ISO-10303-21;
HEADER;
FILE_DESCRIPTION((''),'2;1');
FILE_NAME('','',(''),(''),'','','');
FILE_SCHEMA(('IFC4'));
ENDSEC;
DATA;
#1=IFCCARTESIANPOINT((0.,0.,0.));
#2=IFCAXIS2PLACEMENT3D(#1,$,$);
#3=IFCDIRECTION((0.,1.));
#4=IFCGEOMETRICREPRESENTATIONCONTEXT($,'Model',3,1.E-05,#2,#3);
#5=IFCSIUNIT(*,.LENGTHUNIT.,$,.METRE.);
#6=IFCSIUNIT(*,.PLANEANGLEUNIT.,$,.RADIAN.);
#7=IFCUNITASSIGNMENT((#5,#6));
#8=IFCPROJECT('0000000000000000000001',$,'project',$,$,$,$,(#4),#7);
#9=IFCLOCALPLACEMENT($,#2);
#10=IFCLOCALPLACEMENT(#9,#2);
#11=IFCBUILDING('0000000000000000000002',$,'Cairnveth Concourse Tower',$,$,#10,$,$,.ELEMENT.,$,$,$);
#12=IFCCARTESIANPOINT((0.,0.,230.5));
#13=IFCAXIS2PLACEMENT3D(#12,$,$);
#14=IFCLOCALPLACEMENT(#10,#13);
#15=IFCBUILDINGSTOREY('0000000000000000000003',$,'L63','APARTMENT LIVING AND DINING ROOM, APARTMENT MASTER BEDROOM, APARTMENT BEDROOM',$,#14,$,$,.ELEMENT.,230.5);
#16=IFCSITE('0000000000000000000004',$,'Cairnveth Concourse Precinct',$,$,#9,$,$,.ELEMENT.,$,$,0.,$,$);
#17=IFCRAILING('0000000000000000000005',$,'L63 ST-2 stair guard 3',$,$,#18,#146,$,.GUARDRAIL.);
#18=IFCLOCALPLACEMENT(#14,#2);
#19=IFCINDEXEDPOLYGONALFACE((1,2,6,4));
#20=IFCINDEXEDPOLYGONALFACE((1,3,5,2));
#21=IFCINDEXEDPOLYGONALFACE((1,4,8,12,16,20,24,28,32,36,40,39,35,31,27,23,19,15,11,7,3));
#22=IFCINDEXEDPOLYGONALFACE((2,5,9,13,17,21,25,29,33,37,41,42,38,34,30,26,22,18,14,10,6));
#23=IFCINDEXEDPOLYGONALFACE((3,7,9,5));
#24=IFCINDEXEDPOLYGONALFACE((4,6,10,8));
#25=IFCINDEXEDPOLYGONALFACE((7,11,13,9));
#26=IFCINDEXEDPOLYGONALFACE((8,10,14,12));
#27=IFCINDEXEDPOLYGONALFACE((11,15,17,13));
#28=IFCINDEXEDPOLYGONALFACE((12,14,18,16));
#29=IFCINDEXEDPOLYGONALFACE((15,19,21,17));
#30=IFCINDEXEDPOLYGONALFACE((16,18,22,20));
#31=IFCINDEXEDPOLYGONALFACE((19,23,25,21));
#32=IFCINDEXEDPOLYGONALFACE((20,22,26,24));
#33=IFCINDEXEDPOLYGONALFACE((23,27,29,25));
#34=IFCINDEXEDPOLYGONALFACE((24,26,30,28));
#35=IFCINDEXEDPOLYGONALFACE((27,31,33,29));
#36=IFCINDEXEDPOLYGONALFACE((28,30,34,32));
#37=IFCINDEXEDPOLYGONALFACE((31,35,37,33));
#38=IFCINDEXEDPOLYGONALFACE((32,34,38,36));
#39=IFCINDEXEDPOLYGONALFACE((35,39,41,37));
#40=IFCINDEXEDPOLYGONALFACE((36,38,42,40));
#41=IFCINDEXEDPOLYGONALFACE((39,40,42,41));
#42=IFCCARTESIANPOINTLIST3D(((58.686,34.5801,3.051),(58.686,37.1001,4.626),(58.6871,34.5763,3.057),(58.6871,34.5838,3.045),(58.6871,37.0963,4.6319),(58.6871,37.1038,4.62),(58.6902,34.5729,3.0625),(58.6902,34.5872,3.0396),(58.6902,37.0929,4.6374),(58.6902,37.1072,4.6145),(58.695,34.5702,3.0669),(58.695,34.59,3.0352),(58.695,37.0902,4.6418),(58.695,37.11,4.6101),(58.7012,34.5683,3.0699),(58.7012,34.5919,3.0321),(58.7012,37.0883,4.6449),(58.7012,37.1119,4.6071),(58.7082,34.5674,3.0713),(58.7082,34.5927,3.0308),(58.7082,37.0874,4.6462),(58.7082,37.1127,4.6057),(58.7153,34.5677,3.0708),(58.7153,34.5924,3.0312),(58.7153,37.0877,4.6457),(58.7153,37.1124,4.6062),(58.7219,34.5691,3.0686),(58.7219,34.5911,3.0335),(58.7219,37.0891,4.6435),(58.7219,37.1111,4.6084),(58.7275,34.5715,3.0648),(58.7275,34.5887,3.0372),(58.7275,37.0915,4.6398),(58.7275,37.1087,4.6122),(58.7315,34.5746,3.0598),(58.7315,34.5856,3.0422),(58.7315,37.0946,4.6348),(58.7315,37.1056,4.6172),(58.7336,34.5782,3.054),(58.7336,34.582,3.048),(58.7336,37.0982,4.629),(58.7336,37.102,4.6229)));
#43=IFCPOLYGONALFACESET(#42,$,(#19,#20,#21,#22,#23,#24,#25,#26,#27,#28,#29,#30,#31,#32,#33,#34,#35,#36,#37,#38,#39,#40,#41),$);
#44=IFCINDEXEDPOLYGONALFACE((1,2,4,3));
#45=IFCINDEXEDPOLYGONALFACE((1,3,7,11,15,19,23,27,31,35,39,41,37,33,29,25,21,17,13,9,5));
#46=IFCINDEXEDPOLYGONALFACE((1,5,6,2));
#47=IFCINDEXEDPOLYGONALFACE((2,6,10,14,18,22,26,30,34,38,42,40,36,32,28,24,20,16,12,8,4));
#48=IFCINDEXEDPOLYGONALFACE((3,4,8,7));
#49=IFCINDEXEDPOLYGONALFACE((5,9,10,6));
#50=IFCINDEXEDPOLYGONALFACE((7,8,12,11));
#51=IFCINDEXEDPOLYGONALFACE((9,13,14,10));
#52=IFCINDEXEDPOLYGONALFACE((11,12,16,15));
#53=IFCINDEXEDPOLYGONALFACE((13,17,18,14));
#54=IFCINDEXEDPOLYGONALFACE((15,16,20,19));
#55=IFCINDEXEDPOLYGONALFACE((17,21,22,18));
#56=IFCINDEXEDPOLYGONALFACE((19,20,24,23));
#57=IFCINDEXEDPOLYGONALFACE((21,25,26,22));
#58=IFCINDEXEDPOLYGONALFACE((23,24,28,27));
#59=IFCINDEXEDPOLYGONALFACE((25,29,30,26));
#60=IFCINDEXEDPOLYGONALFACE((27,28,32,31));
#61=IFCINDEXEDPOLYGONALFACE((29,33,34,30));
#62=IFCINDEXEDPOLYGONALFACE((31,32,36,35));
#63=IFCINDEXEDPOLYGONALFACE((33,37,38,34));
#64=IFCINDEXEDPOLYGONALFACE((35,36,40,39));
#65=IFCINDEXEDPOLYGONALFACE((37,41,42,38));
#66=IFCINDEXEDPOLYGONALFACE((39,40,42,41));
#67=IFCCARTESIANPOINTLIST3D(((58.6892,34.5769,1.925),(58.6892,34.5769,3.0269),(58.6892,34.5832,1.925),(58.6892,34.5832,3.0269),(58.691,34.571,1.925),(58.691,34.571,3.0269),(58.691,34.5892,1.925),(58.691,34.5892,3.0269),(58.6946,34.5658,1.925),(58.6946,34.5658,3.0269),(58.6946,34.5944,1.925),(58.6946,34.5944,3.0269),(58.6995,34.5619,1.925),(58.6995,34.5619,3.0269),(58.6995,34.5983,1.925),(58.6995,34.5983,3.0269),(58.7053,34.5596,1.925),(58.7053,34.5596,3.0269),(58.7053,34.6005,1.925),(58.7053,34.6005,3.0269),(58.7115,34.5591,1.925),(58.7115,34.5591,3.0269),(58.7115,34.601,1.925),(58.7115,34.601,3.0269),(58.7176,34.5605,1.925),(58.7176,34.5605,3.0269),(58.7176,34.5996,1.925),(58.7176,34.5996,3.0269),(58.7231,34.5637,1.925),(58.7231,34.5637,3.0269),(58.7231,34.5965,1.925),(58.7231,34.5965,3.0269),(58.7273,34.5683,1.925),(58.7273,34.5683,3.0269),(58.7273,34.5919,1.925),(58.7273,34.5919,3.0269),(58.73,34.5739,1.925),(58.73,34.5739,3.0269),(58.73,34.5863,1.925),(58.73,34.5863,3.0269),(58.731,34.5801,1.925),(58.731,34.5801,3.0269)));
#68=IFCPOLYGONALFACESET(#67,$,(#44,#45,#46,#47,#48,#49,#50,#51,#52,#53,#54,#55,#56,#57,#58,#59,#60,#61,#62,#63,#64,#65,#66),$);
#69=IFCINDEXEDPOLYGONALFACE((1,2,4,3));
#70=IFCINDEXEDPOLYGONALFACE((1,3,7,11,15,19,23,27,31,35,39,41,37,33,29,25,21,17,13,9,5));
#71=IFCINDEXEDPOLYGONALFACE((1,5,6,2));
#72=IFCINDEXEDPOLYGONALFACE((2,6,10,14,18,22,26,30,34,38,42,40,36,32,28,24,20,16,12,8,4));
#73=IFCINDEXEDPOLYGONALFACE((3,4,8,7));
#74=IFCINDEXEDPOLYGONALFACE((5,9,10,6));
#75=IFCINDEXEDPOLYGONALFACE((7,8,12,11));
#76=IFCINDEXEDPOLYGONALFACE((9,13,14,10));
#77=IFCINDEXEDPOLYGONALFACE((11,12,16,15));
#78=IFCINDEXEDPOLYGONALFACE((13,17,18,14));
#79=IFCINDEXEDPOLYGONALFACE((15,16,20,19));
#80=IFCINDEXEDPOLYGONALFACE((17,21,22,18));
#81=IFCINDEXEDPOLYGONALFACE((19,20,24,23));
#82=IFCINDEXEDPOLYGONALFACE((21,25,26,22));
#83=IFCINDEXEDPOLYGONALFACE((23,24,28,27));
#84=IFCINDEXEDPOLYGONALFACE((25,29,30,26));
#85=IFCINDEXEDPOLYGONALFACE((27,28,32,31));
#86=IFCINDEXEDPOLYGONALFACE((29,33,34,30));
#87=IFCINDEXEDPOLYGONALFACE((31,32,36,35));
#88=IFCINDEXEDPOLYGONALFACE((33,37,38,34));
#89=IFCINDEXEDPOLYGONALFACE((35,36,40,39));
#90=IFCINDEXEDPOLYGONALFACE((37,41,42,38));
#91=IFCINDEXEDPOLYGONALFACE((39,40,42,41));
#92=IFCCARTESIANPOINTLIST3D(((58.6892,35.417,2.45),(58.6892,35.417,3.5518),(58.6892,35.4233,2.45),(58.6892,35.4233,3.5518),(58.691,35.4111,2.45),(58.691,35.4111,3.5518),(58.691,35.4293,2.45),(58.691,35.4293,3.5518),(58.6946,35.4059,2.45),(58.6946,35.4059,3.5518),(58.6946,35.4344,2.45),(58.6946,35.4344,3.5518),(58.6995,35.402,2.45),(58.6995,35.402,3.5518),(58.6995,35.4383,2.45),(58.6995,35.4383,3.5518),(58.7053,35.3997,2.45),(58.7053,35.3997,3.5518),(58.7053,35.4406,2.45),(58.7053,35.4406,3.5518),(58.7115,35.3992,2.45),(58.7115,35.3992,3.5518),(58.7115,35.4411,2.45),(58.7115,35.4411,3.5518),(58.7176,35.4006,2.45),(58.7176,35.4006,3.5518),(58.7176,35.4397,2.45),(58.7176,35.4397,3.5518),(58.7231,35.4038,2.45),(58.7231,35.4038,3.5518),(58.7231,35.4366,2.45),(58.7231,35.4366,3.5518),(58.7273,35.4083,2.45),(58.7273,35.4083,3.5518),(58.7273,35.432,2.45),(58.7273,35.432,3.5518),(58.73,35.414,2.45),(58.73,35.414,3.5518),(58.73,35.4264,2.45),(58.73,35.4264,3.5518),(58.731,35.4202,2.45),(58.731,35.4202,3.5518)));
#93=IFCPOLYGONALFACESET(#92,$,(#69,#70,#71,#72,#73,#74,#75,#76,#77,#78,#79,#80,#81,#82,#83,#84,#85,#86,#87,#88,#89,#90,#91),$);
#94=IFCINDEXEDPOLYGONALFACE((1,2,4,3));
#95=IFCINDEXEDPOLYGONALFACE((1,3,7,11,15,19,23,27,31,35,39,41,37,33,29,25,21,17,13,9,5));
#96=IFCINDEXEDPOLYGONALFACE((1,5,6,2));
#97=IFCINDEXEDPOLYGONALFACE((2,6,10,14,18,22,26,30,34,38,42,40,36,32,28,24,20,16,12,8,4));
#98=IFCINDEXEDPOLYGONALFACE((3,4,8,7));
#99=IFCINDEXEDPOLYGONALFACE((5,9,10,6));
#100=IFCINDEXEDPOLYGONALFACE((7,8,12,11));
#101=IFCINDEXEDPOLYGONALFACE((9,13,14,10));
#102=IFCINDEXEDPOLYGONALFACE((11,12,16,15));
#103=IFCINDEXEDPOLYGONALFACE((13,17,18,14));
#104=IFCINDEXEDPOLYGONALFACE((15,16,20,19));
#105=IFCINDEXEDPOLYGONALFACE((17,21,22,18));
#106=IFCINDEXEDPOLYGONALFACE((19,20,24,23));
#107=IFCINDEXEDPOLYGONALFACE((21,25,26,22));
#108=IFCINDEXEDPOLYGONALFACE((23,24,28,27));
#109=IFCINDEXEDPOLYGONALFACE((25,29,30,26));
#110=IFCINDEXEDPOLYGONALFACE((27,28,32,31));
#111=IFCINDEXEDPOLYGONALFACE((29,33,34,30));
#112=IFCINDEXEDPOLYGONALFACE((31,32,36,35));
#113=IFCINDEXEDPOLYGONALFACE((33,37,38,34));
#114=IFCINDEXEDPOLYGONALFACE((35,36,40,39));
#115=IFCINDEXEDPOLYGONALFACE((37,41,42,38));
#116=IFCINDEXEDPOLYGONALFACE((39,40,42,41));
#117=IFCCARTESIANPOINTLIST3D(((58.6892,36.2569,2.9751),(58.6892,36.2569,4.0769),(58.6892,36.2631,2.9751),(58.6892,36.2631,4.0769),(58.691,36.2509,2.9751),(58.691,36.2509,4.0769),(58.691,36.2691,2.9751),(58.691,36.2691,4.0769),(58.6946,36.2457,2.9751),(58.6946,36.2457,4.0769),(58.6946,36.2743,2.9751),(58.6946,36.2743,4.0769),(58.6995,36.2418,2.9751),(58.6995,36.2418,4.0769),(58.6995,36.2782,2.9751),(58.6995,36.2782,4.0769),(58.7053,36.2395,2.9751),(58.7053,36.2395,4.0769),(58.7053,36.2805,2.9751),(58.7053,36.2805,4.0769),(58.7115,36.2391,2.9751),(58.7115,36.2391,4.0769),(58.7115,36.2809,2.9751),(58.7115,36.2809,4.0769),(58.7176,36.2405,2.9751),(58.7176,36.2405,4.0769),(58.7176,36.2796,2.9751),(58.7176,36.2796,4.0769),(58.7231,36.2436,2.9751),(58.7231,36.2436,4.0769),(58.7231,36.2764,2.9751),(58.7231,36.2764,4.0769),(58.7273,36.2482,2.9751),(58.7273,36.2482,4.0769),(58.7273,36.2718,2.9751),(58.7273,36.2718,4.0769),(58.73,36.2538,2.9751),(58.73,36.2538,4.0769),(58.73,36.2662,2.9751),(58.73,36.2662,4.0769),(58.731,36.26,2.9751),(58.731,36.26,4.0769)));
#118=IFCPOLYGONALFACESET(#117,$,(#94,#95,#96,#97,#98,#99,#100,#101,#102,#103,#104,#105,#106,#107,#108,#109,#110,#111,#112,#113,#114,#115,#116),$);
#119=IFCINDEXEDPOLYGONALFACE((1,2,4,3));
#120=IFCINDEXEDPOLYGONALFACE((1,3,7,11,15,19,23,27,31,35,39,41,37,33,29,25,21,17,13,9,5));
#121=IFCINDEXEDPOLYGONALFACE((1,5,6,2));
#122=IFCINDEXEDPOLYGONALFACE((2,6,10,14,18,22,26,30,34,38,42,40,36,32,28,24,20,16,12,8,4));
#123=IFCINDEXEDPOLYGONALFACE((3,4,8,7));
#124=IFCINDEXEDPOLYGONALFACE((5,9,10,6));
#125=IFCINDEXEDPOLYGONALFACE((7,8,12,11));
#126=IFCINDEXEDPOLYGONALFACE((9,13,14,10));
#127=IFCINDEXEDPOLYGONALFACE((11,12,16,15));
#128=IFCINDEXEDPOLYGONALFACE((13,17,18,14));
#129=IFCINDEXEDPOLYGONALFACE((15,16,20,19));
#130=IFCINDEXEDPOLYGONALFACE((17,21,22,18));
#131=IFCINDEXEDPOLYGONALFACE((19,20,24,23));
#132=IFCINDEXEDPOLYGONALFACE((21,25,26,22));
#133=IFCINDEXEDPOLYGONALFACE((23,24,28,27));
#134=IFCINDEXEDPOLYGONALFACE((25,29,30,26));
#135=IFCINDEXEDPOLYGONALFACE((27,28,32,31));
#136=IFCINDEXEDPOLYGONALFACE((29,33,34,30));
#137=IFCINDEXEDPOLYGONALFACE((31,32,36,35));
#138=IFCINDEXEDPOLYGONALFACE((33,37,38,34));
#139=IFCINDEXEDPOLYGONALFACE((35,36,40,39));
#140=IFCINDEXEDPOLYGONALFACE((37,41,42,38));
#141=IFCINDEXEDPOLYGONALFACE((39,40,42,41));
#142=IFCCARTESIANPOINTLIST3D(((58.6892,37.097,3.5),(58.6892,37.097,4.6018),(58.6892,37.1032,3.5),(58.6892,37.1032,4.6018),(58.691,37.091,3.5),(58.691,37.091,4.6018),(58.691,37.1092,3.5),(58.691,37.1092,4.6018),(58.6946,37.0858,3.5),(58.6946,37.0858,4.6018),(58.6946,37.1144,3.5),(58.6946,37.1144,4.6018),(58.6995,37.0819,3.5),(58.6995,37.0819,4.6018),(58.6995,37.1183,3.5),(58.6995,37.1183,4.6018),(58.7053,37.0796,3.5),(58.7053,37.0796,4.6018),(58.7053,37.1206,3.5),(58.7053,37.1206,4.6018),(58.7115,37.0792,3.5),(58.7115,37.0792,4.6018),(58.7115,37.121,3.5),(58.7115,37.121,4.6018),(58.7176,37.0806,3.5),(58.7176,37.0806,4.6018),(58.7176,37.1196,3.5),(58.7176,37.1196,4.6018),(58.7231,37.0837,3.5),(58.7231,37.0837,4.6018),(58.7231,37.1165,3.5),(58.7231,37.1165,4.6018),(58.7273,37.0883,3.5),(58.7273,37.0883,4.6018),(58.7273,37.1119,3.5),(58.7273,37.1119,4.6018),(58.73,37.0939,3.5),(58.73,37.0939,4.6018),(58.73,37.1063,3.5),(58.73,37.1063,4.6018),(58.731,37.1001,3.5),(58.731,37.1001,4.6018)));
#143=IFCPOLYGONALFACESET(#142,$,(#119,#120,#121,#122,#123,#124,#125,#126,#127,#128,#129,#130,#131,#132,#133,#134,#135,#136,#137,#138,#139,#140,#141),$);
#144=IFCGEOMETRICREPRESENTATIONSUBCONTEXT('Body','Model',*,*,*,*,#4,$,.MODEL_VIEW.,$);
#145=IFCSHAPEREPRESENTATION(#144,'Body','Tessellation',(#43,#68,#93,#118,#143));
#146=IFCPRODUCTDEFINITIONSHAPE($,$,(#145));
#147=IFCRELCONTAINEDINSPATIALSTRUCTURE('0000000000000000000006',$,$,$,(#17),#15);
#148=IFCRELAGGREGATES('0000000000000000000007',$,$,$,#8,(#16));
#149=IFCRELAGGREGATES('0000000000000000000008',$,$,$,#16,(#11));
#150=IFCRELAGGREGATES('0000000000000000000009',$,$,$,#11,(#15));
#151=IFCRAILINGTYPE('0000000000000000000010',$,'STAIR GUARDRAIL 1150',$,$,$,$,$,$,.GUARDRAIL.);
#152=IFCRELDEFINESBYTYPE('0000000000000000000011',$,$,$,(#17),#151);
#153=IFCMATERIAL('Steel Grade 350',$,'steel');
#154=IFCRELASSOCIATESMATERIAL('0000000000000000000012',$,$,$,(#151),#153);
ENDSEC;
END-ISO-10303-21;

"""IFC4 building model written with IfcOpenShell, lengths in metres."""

from ifc_helpers import new_model, si_unit, direction, frame, origin, origin_2d, place, context, subcontext, project, spatial, circle, extrude, material, type_object, element, save


model = new_model("IFC4")

# Units and contexts
model_context = context("Model", 3, precision=1e-05, world=origin(), true_north=direction((0.0, 1.0)))
body_context = subcontext(model_context, "Body", "Model", "MODEL_VIEW")
ifc_project = project(units=[si_unit("LENGTHUNIT", "METRE"), si_unit("PLANEANGLEUNIT", "RADIAN")], contexts=[model_context])

# Site, building, storey
site_placement = place(None, origin())
site = spatial("IfcSite", under=ifc_project, at=site_placement, Name="Cairnveth Concourse Precinct", CompositionType="ELEMENT", RefElevation=0.0)
building_placement = place(site_placement, origin())
building = spatial("IfcBuilding", under=site, at=building_placement, Name="Cairnveth Concourse Tower", CompositionType="ELEMENT")
storey_placement = place(building_placement, frame((0.0, 0.0, 230.5)))
storey = spatial("IfcBuildingStorey", under=building, at=storey_placement, Name="L63", Description="APARTMENT LIVING AND DINING ROOM, APARTMENT MASTER BEDROOM, APARTMENT BEDROOM", CompositionType="ELEMENT", Elevation=230.5)

# Shared definitions
ifc_material_1 = material(Name="Steel Grade 350", Category="steel")

# Railing
railing_type_1 = type_object("IfcRailingType", Name="STAIR GUARDRAIL 1150", PredefinedType="GUARDRAIL", material=ifc_material_1)
railing_1_placement = place(storey_placement, frame((58.71, 34.5801, 1.925)))
element("IfcRailing", 1, at=railing_1_placement, inside=storey, type_object=railing_type_1, Name="L63 ST-2 stair guard 3", PredefinedType="GUARDRAIL", context=body_context, shape_type="SweptSolid", body=[
    extrude(circle(Radius=0.0239, at=origin_2d()), frame((0.0, 0.0, 1.126), z_axis=(0.0, 0.848008, 0.529984), x_axis=(-1.0, 0.0, 0.0)), (0.0, 0.0, 1.0), 2.9717),
    extrude(circle(Radius=0.021, at=origin_2d()), origin(), (0.0, 0.0, 1.0), 1.1018),
    extrude(circle(Radius=0.021, at=origin_2d()), frame((0.0, 0.8401, 0.5249)), (0.0, 0.0, 1.0), 1.1018),
    extrude(circle(Radius=0.021, at=origin_2d()), frame((0.0, 1.6799, 1.05)), (0.0, 0.0, 1.0), 1.1018),
    extrude(circle(Radius=0.021, at=origin_2d()), frame((0.0, 2.52, 1.575)), (0.0, 0.0, 1.0), 1.1018),
])

save(model, "model.ifc")
